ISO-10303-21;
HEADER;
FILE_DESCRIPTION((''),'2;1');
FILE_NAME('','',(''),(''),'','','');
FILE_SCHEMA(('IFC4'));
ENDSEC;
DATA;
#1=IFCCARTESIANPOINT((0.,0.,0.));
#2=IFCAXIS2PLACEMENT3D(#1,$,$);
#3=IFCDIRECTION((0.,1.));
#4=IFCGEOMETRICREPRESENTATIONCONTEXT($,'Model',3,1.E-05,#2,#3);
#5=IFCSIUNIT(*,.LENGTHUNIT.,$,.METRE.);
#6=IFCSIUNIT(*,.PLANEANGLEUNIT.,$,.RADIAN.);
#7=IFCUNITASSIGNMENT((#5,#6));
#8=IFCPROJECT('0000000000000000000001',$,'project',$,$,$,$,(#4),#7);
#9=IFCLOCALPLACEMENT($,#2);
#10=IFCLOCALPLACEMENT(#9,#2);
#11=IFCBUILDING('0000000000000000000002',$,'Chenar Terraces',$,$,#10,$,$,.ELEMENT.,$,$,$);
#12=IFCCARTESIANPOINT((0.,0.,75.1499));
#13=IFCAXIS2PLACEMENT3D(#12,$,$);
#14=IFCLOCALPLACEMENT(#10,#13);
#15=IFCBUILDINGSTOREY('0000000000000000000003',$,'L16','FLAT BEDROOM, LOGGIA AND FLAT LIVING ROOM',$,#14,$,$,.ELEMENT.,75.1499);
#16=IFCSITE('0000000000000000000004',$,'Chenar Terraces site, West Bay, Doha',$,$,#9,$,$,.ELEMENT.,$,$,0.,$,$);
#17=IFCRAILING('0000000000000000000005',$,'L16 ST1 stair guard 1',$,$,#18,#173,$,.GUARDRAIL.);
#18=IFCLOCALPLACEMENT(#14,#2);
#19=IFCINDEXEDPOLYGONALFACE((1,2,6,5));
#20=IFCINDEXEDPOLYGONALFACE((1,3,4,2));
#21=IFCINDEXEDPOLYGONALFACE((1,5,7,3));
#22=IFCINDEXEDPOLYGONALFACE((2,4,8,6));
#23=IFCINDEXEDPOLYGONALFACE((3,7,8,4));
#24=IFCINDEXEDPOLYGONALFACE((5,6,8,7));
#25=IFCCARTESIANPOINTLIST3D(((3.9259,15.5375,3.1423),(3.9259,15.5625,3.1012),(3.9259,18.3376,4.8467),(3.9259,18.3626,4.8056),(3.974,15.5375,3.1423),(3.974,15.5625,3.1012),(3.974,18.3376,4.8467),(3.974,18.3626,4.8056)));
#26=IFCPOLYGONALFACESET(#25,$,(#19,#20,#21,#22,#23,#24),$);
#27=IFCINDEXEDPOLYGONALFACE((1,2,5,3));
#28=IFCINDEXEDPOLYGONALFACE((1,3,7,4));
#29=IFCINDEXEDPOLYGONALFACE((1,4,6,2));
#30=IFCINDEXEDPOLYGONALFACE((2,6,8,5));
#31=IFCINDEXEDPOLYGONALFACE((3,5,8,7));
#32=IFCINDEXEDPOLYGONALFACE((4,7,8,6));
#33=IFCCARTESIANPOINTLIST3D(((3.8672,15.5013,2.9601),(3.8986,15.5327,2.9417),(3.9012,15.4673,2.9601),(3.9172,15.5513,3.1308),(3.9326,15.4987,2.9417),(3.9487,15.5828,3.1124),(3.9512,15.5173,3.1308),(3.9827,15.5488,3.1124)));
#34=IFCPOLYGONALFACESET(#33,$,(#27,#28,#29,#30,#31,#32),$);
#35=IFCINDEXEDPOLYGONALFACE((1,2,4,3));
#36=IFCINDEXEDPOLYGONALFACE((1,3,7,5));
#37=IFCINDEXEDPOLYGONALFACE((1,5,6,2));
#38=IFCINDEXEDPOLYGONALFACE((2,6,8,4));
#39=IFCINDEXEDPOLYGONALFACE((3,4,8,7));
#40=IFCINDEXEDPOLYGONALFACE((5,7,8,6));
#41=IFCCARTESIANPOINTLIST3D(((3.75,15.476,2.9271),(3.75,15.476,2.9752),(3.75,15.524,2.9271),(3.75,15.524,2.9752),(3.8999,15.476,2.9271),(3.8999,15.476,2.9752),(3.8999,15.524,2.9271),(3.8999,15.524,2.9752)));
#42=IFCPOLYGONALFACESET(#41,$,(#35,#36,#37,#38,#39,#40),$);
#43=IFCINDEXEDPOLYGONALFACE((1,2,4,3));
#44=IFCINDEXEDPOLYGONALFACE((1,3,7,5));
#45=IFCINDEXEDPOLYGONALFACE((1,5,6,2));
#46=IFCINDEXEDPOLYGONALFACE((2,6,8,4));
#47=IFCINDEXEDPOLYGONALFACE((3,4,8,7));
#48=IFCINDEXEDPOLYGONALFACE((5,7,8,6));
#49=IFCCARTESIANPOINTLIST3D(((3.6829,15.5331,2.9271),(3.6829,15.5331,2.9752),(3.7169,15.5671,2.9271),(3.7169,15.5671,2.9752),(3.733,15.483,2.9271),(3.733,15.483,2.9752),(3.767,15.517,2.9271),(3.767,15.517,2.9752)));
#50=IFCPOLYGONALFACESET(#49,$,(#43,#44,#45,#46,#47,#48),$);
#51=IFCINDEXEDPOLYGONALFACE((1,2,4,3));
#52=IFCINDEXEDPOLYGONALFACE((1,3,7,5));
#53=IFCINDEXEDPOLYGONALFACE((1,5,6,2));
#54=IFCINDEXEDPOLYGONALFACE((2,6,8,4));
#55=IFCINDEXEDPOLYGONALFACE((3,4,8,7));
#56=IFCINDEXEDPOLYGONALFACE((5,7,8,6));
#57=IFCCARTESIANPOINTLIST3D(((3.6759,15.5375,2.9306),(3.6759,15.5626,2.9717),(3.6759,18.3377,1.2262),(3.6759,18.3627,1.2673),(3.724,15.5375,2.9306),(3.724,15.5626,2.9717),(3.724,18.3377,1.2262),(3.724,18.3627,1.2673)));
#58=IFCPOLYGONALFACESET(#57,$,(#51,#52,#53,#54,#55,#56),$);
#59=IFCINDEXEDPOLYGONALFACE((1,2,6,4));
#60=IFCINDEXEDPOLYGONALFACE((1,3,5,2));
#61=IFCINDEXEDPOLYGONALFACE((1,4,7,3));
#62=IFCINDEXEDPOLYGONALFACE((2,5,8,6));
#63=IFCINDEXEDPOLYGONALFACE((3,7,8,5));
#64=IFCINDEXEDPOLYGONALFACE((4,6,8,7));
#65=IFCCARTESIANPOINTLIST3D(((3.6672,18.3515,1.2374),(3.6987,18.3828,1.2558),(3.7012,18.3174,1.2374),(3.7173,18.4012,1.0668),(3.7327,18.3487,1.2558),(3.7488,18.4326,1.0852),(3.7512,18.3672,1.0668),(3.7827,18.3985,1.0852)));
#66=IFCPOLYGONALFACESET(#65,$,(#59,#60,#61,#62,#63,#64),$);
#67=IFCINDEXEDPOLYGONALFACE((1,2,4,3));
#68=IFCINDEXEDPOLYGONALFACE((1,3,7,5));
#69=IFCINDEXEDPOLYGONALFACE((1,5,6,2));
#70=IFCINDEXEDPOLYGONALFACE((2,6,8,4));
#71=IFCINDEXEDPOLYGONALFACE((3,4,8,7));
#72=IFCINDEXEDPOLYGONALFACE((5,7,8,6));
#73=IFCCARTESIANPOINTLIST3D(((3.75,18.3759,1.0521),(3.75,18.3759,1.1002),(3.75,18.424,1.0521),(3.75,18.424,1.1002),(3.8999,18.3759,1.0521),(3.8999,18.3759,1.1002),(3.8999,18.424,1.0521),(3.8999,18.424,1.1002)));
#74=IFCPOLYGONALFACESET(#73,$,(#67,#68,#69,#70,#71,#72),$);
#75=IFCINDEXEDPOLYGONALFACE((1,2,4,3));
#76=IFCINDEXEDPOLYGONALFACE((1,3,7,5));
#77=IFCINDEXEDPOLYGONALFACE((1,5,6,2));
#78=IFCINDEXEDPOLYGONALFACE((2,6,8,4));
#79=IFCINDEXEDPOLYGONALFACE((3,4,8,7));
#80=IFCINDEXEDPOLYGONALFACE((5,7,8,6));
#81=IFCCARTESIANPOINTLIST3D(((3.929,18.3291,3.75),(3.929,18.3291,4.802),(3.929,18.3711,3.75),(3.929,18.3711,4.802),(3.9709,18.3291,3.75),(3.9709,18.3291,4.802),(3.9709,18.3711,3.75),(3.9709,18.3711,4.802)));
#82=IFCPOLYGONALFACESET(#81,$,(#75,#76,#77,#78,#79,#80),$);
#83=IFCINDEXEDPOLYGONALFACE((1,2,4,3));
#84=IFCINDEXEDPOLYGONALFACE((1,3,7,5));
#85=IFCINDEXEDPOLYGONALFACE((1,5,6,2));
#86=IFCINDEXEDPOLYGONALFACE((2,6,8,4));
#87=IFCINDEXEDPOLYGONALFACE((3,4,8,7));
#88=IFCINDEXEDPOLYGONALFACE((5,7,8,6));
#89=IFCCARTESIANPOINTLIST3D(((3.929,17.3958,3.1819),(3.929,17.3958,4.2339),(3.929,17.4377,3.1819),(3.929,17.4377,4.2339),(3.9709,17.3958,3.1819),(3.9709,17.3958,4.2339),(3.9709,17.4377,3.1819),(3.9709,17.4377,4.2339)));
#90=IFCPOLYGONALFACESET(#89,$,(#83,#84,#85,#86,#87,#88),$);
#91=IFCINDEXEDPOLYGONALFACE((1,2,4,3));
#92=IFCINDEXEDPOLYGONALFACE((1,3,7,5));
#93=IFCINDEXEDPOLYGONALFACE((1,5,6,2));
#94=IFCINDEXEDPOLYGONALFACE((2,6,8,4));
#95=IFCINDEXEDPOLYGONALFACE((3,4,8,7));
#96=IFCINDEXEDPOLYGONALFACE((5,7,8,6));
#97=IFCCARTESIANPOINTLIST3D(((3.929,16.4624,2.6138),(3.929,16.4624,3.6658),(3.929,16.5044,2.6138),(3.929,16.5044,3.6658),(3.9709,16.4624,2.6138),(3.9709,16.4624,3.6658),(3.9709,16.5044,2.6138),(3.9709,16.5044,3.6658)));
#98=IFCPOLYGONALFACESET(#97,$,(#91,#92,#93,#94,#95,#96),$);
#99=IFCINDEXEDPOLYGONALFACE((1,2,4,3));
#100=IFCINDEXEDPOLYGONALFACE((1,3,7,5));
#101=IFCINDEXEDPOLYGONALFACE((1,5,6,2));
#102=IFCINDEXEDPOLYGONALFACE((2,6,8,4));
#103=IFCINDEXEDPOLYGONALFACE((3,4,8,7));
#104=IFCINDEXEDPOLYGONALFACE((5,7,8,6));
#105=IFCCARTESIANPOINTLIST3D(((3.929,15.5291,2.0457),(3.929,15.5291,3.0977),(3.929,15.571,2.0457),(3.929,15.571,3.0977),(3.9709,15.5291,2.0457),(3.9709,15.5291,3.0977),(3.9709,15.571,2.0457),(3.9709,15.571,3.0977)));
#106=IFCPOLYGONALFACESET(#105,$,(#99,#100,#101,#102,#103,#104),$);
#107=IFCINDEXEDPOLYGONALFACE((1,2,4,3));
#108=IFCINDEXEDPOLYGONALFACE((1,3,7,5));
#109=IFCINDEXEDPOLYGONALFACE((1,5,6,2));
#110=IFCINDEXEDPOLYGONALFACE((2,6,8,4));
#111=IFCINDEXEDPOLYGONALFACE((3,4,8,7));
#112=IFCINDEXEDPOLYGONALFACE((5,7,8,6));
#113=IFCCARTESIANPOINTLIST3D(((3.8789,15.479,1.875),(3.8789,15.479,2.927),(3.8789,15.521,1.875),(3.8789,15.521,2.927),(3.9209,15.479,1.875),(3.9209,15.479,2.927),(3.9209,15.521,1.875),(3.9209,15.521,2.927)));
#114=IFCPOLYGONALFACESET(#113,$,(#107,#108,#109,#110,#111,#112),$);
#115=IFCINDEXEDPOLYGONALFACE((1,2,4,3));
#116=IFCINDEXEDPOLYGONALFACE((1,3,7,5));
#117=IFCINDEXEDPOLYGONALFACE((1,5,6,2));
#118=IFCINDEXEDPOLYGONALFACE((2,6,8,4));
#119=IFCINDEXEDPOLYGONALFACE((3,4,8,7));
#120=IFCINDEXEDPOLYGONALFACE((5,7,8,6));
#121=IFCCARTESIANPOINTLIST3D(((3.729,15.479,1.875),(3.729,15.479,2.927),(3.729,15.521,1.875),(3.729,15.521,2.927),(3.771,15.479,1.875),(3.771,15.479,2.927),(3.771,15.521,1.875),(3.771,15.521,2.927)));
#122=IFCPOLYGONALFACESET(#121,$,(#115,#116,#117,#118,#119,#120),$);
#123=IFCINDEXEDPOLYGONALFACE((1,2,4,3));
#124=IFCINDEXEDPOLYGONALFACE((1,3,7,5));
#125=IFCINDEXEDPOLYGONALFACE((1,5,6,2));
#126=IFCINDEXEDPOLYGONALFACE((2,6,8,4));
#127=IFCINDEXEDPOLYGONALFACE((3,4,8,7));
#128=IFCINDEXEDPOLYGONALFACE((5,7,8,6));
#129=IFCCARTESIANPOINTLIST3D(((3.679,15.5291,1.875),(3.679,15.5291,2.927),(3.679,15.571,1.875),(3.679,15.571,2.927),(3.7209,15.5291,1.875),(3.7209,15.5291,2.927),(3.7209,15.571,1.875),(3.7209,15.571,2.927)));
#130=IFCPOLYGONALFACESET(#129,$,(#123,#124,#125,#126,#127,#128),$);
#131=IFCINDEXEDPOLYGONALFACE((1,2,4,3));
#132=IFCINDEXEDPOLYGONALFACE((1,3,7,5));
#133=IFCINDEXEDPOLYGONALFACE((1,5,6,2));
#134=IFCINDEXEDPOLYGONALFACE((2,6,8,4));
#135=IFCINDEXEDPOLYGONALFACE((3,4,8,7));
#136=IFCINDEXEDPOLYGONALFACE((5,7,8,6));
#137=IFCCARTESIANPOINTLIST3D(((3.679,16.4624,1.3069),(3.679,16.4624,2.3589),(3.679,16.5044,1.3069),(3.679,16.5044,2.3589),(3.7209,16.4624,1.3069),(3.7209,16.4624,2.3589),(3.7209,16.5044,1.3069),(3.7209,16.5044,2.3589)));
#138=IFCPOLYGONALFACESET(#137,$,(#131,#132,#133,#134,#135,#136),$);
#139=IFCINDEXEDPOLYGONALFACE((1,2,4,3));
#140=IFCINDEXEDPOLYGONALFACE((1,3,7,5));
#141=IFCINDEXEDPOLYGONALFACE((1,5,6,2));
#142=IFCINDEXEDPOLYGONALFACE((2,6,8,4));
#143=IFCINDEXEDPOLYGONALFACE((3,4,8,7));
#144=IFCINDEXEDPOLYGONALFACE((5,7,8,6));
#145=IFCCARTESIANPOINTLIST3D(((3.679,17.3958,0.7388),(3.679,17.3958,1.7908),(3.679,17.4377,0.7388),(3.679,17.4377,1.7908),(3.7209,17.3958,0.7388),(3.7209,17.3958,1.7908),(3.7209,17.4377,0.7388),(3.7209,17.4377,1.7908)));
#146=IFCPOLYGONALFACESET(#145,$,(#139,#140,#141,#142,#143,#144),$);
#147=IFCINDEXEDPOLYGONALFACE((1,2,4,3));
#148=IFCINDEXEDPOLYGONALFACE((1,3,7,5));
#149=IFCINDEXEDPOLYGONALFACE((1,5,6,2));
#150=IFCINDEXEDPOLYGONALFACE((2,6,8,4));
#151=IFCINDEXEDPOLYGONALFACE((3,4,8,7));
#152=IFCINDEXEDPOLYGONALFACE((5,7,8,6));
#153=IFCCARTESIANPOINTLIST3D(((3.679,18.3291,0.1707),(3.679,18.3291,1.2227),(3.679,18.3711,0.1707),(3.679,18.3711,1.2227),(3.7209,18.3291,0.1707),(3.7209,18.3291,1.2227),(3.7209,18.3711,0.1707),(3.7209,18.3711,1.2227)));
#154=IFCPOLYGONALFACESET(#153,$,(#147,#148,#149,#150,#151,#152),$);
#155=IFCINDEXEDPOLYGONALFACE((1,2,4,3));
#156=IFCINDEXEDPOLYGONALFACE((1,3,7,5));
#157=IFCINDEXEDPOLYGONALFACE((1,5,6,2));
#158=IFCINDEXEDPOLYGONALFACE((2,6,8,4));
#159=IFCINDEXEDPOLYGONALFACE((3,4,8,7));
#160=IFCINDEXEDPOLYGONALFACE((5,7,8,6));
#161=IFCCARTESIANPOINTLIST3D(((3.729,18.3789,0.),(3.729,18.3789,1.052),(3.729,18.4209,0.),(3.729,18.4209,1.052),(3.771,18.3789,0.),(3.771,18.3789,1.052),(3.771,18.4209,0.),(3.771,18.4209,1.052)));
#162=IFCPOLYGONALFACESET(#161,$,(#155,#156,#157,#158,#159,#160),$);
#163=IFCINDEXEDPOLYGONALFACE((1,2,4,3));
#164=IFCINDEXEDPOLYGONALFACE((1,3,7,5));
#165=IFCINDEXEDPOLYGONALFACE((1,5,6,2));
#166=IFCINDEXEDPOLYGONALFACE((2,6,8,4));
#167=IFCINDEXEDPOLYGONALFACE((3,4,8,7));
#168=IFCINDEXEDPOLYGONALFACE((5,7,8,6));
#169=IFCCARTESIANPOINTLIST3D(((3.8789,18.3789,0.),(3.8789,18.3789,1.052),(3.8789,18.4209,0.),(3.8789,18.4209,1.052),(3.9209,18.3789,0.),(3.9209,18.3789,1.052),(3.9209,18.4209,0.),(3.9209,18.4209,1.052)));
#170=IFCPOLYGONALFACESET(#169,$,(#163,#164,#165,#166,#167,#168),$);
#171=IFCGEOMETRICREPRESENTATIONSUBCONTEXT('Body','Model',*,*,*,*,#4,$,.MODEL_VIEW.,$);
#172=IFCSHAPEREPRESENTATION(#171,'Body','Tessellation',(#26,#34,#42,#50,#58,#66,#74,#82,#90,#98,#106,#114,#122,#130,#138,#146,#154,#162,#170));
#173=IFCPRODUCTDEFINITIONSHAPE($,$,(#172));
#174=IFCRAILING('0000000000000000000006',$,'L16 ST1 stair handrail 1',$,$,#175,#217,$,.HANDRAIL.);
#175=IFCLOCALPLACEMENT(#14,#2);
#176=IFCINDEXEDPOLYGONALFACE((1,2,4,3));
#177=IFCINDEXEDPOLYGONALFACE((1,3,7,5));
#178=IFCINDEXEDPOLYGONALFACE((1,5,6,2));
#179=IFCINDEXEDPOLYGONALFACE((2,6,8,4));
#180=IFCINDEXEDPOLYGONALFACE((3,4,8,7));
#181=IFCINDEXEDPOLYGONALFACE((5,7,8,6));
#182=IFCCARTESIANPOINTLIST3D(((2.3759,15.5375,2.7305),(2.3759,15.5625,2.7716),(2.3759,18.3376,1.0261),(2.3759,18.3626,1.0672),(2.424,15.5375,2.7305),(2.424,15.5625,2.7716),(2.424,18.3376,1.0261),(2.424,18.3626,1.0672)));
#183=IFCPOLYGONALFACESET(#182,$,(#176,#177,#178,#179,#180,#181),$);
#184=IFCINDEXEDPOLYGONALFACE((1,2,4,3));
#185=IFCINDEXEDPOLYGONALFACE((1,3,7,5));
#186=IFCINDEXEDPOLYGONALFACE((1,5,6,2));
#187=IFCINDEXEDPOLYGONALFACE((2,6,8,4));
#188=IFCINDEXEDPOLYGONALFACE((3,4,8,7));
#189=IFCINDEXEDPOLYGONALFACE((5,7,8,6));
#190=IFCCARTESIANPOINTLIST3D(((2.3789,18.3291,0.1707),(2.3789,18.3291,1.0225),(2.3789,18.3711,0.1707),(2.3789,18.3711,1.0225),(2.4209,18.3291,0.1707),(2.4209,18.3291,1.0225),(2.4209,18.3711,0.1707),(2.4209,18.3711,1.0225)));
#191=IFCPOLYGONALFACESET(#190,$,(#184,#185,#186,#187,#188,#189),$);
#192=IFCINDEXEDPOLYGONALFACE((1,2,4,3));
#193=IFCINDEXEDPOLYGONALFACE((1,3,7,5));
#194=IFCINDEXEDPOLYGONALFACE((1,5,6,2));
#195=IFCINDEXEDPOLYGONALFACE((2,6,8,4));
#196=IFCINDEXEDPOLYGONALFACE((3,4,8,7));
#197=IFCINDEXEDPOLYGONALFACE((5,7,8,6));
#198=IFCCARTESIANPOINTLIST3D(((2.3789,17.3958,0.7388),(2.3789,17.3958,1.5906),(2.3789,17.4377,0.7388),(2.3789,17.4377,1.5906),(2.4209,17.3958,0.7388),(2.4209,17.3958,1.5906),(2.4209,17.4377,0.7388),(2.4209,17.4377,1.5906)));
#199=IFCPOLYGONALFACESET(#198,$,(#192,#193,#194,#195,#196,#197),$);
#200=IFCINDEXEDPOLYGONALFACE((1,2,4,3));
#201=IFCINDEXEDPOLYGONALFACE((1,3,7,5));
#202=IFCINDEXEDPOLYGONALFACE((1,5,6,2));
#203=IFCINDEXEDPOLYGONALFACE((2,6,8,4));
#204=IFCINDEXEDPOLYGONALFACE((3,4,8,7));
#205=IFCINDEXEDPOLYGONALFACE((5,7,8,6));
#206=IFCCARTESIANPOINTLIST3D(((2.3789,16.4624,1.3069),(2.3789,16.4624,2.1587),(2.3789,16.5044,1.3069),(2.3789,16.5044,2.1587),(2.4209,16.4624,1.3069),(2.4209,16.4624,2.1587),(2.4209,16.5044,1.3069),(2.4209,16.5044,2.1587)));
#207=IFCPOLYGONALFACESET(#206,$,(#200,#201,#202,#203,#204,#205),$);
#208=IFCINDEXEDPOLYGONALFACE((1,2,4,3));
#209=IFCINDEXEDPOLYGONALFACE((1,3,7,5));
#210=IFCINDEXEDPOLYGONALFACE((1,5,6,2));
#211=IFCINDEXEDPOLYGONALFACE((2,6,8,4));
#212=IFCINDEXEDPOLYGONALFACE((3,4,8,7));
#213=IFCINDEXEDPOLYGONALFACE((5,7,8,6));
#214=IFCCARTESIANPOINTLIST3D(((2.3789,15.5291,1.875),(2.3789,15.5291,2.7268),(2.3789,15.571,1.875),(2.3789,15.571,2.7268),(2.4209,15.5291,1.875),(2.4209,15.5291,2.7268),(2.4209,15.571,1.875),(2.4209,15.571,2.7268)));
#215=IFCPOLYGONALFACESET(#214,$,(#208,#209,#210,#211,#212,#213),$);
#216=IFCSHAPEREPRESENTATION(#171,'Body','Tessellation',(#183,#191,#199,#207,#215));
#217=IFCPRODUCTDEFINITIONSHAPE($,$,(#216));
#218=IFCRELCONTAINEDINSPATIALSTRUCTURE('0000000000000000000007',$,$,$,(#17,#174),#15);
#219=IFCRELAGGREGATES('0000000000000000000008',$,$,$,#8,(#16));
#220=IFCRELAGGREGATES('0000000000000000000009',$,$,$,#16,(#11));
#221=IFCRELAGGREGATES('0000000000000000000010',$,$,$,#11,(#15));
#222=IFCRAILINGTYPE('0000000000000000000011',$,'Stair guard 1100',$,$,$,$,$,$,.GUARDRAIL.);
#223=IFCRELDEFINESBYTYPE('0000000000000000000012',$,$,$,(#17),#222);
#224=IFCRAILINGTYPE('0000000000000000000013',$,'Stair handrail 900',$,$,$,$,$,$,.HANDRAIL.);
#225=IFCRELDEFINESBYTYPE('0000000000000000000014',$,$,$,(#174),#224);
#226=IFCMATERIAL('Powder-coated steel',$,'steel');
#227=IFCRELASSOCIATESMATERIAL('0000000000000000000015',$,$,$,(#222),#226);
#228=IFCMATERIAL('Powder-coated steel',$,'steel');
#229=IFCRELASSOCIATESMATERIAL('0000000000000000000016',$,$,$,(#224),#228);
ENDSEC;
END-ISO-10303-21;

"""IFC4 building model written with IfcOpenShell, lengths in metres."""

from ifc_helpers import new_model, si_unit, direction, frame, origin, origin_2d, place, context, subcontext, project, spatial, rectangle, extrude, material, type_object, element, save


model = new_model("IFC4")

# Units and contexts
model_context = context("Model", 3, precision=1e-05, world=origin(), true_north=direction((0.0, 1.0)))
body_context = subcontext(model_context, "Body", "Model", "MODEL_VIEW")
ifc_project = project(units=[si_unit("LENGTHUNIT", "METRE"), si_unit("PLANEANGLEUNIT", "RADIAN")], contexts=[model_context])

# Site, building, storey
site_placement = place(None, origin())
site = spatial("IfcSite", under=ifc_project, at=site_placement, Name="Chenar Terraces site, West Bay, Doha", CompositionType="ELEMENT", RefElevation=0.0)
building_placement = place(site_placement, origin())
building = spatial("IfcBuilding", under=site, at=building_placement, Name="Chenar Terraces", CompositionType="ELEMENT")
storey_placement = place(building_placement, frame((0.0, 0.0, 75.1499)))
storey = spatial("IfcBuildingStorey", under=building, at=storey_placement, Name="L16", Description="FLAT BEDROOM, LOGGIA AND FLAT LIVING ROOM", CompositionType="ELEMENT", Elevation=75.1499)

# Railings
ifc_material_1 = material(Name="Powder-coated steel", Category="steel")
railing_type_1 = type_object("IfcRailingType", Name="Stair guard 1100", PredefinedType="GUARDRAIL", material=ifc_material_1)
railing_1_placement = place(storey_placement, frame((3.95, 18.3501, 3.75)))
element("IfcRailing", 1, at=railing_1_placement, inside=storey, type_object=railing_type_1, Name="L16 ST1 stair guard 1", PredefinedType="GUARDRAIL", context=body_context, shape_type="SweptSolid", body=[
    extrude(rectangle(XDim=0.0481, YDim=0.0481, at=origin_2d()), frame((0.0, 0.0, 1.0762), z_axis=(0.0, -0.854203, -0.51994), x_axis=(1.0, 0.0, 0.0)), (0.0, 0.0, 1.0), 3.2781),
    extrude(rectangle(XDim=0.0481, YDim=0.0481, at=origin_2d()), frame((0.0, -2.8, -0.6284), z_axis=(-0.2709, -0.2709, -0.923703), x_axis=(0.707107, -0.707107, 0.0)), (0.0, 0.0, 1.0), 0.1848),
    extrude(rectangle(XDim=0.0481, YDim=0.0481, at=origin_2d()), frame((-0.05, -2.8501, -0.7988), z_axis=(-1.0, 0.0, 0.0), x_axis=(0.0, -1.0, 0.0)), (0.0, 0.0, 1.0), 0.1499),
    extrude(rectangle(XDim=0.0481, YDim=0.0481, at=origin_2d()), frame((-0.2, -2.8501, -0.7988), z_axis=(-0.707107, 0.707107, 0.0), x_axis=(-0.707107, -0.707107, 0.0)), (0.0, 0.0, 1.0), 0.0708),
    extrude(rectangle(XDim=0.0481, YDim=0.0481, at=origin_2d()), frame((-0.25, -2.8, -0.7988), z_axis=(0.0, 0.854203, -0.51994), x_axis=(-1.0, 0.0, 0.0)), (0.0, 0.0, 1.0), 3.2781),
    extrude(rectangle(XDim=0.0481, YDim=0.0481, at=origin_2d()), frame((-0.25, 0.0, -2.5034), z_axis=(0.270997, 0.269675, -0.924033), x_axis=(-0.705376, 0.708834, 0.0)), (0.0, 0.0, 1.0), 0.1846),
    extrude(rectangle(XDim=0.0481, YDim=0.0481, at=origin_2d()), frame((-0.2, 0.0498, -2.6738), z_axis=(1.0, 0.0, 0.0), x_axis=(0.0, 1.0, 0.0)), (0.0, 0.0, 1.0), 0.1499),
    extrude(rectangle(XDim=0.042, YDim=0.042, at=origin_2d()), origin(), (0.0, 0.0, 1.0), 1.052),
    extrude(rectangle(XDim=0.042, YDim=0.042, at=origin_2d()), frame((0.0, -0.9333, -0.5681)), (0.0, 0.0, 1.0), 1.052),
    extrude(rectangle(XDim=0.042, YDim=0.042, at=origin_2d()), frame((0.0, -1.8667, -1.1362)), (0.0, 0.0, 1.0), 1.052),
    extrude(rectangle(XDim=0.042, YDim=0.042, at=origin_2d()), frame((0.0, -2.8, -1.7043)), (0.0, 0.0, 1.0), 1.052),
    extrude(rectangle(XDim=0.042, YDim=0.042, at=origin_2d()), frame((-0.05, -2.8501, -1.875)), (0.0, 0.0, 1.0), 1.052),
    extrude(rectangle(XDim=0.042, YDim=0.042, at=origin_2d()), frame((-0.2, -2.8501, -1.875)), (0.0, 0.0, 1.0), 1.052),
    extrude(rectangle(XDim=0.042, YDim=0.042, at=origin_2d()), frame((-0.25, -2.8, -1.875)), (0.0, 0.0, 1.0), 1.052),
    extrude(rectangle(XDim=0.042, YDim=0.042, at=origin_2d()), frame((-0.25, -1.8667, -2.4431)), (0.0, 0.0, 1.0), 1.052),
    extrude(rectangle(XDim=0.042, YDim=0.042, at=origin_2d()), frame((-0.25, -0.9333, -3.0112)), (0.0, 0.0, 1.0), 1.052),
    extrude(rectangle(XDim=0.042, YDim=0.042, at=origin_2d()), frame((-0.25, 0.0, -3.5793)), (0.0, 0.0, 1.0), 1.052),
    extrude(rectangle(XDim=0.042, YDim=0.042, at=origin_2d()), frame((-0.2, 0.0498, -3.75)), (0.0, 0.0, 1.0), 1.052),
    extrude(rectangle(XDim=0.042, YDim=0.042, at=origin_2d()), frame((-0.05, 0.0498, -3.75)), (0.0, 0.0, 1.0), 1.052),
])
ifc_material_2 = material(Name="Powder-coated steel", Category="steel")
railing_type_2 = type_object("IfcRailingType", Name="Stair handrail 900", PredefinedType="HANDRAIL", material=ifc_material_2)
railing_2_placement = place(storey_placement, frame((2.3999, 18.3501, 0.1707)))
element("IfcRailing", 2, at=railing_2_placement, inside=storey, type_object=railing_type_2, Name="L16 ST1 stair handrail 1", PredefinedType="HANDRAIL", context=body_context, shape_type="SweptSolid", body=[
    extrude(rectangle(XDim=0.0481, YDim=0.0481, at=origin_2d()), frame((0.0, 0.0, 0.876), z_axis=(0.0, -0.854203, 0.51994), x_axis=(1.0, 0.0, 0.0)), (0.0, 0.0, 1.0), 3.2781),
    extrude(rectangle(XDim=0.042, YDim=0.042, at=origin_2d()), origin(), (0.0, 0.0, 1.0), 0.8518),
    extrude(rectangle(XDim=0.042, YDim=0.042, at=origin_2d()), frame((0.0, -0.9333, 0.5681)), (0.0, 0.0, 1.0), 0.8518),
    extrude(rectangle(XDim=0.042, YDim=0.042, at=origin_2d()), frame((0.0, -1.8667, 1.1362)), (0.0, 0.0, 1.0), 0.8518),
    extrude(rectangle(XDim=0.042, YDim=0.042, at=origin_2d()), frame((0.0, -2.8, 1.7043)), (0.0, 0.0, 1.0), 0.8518),
])

save(model, "model.ifc")
